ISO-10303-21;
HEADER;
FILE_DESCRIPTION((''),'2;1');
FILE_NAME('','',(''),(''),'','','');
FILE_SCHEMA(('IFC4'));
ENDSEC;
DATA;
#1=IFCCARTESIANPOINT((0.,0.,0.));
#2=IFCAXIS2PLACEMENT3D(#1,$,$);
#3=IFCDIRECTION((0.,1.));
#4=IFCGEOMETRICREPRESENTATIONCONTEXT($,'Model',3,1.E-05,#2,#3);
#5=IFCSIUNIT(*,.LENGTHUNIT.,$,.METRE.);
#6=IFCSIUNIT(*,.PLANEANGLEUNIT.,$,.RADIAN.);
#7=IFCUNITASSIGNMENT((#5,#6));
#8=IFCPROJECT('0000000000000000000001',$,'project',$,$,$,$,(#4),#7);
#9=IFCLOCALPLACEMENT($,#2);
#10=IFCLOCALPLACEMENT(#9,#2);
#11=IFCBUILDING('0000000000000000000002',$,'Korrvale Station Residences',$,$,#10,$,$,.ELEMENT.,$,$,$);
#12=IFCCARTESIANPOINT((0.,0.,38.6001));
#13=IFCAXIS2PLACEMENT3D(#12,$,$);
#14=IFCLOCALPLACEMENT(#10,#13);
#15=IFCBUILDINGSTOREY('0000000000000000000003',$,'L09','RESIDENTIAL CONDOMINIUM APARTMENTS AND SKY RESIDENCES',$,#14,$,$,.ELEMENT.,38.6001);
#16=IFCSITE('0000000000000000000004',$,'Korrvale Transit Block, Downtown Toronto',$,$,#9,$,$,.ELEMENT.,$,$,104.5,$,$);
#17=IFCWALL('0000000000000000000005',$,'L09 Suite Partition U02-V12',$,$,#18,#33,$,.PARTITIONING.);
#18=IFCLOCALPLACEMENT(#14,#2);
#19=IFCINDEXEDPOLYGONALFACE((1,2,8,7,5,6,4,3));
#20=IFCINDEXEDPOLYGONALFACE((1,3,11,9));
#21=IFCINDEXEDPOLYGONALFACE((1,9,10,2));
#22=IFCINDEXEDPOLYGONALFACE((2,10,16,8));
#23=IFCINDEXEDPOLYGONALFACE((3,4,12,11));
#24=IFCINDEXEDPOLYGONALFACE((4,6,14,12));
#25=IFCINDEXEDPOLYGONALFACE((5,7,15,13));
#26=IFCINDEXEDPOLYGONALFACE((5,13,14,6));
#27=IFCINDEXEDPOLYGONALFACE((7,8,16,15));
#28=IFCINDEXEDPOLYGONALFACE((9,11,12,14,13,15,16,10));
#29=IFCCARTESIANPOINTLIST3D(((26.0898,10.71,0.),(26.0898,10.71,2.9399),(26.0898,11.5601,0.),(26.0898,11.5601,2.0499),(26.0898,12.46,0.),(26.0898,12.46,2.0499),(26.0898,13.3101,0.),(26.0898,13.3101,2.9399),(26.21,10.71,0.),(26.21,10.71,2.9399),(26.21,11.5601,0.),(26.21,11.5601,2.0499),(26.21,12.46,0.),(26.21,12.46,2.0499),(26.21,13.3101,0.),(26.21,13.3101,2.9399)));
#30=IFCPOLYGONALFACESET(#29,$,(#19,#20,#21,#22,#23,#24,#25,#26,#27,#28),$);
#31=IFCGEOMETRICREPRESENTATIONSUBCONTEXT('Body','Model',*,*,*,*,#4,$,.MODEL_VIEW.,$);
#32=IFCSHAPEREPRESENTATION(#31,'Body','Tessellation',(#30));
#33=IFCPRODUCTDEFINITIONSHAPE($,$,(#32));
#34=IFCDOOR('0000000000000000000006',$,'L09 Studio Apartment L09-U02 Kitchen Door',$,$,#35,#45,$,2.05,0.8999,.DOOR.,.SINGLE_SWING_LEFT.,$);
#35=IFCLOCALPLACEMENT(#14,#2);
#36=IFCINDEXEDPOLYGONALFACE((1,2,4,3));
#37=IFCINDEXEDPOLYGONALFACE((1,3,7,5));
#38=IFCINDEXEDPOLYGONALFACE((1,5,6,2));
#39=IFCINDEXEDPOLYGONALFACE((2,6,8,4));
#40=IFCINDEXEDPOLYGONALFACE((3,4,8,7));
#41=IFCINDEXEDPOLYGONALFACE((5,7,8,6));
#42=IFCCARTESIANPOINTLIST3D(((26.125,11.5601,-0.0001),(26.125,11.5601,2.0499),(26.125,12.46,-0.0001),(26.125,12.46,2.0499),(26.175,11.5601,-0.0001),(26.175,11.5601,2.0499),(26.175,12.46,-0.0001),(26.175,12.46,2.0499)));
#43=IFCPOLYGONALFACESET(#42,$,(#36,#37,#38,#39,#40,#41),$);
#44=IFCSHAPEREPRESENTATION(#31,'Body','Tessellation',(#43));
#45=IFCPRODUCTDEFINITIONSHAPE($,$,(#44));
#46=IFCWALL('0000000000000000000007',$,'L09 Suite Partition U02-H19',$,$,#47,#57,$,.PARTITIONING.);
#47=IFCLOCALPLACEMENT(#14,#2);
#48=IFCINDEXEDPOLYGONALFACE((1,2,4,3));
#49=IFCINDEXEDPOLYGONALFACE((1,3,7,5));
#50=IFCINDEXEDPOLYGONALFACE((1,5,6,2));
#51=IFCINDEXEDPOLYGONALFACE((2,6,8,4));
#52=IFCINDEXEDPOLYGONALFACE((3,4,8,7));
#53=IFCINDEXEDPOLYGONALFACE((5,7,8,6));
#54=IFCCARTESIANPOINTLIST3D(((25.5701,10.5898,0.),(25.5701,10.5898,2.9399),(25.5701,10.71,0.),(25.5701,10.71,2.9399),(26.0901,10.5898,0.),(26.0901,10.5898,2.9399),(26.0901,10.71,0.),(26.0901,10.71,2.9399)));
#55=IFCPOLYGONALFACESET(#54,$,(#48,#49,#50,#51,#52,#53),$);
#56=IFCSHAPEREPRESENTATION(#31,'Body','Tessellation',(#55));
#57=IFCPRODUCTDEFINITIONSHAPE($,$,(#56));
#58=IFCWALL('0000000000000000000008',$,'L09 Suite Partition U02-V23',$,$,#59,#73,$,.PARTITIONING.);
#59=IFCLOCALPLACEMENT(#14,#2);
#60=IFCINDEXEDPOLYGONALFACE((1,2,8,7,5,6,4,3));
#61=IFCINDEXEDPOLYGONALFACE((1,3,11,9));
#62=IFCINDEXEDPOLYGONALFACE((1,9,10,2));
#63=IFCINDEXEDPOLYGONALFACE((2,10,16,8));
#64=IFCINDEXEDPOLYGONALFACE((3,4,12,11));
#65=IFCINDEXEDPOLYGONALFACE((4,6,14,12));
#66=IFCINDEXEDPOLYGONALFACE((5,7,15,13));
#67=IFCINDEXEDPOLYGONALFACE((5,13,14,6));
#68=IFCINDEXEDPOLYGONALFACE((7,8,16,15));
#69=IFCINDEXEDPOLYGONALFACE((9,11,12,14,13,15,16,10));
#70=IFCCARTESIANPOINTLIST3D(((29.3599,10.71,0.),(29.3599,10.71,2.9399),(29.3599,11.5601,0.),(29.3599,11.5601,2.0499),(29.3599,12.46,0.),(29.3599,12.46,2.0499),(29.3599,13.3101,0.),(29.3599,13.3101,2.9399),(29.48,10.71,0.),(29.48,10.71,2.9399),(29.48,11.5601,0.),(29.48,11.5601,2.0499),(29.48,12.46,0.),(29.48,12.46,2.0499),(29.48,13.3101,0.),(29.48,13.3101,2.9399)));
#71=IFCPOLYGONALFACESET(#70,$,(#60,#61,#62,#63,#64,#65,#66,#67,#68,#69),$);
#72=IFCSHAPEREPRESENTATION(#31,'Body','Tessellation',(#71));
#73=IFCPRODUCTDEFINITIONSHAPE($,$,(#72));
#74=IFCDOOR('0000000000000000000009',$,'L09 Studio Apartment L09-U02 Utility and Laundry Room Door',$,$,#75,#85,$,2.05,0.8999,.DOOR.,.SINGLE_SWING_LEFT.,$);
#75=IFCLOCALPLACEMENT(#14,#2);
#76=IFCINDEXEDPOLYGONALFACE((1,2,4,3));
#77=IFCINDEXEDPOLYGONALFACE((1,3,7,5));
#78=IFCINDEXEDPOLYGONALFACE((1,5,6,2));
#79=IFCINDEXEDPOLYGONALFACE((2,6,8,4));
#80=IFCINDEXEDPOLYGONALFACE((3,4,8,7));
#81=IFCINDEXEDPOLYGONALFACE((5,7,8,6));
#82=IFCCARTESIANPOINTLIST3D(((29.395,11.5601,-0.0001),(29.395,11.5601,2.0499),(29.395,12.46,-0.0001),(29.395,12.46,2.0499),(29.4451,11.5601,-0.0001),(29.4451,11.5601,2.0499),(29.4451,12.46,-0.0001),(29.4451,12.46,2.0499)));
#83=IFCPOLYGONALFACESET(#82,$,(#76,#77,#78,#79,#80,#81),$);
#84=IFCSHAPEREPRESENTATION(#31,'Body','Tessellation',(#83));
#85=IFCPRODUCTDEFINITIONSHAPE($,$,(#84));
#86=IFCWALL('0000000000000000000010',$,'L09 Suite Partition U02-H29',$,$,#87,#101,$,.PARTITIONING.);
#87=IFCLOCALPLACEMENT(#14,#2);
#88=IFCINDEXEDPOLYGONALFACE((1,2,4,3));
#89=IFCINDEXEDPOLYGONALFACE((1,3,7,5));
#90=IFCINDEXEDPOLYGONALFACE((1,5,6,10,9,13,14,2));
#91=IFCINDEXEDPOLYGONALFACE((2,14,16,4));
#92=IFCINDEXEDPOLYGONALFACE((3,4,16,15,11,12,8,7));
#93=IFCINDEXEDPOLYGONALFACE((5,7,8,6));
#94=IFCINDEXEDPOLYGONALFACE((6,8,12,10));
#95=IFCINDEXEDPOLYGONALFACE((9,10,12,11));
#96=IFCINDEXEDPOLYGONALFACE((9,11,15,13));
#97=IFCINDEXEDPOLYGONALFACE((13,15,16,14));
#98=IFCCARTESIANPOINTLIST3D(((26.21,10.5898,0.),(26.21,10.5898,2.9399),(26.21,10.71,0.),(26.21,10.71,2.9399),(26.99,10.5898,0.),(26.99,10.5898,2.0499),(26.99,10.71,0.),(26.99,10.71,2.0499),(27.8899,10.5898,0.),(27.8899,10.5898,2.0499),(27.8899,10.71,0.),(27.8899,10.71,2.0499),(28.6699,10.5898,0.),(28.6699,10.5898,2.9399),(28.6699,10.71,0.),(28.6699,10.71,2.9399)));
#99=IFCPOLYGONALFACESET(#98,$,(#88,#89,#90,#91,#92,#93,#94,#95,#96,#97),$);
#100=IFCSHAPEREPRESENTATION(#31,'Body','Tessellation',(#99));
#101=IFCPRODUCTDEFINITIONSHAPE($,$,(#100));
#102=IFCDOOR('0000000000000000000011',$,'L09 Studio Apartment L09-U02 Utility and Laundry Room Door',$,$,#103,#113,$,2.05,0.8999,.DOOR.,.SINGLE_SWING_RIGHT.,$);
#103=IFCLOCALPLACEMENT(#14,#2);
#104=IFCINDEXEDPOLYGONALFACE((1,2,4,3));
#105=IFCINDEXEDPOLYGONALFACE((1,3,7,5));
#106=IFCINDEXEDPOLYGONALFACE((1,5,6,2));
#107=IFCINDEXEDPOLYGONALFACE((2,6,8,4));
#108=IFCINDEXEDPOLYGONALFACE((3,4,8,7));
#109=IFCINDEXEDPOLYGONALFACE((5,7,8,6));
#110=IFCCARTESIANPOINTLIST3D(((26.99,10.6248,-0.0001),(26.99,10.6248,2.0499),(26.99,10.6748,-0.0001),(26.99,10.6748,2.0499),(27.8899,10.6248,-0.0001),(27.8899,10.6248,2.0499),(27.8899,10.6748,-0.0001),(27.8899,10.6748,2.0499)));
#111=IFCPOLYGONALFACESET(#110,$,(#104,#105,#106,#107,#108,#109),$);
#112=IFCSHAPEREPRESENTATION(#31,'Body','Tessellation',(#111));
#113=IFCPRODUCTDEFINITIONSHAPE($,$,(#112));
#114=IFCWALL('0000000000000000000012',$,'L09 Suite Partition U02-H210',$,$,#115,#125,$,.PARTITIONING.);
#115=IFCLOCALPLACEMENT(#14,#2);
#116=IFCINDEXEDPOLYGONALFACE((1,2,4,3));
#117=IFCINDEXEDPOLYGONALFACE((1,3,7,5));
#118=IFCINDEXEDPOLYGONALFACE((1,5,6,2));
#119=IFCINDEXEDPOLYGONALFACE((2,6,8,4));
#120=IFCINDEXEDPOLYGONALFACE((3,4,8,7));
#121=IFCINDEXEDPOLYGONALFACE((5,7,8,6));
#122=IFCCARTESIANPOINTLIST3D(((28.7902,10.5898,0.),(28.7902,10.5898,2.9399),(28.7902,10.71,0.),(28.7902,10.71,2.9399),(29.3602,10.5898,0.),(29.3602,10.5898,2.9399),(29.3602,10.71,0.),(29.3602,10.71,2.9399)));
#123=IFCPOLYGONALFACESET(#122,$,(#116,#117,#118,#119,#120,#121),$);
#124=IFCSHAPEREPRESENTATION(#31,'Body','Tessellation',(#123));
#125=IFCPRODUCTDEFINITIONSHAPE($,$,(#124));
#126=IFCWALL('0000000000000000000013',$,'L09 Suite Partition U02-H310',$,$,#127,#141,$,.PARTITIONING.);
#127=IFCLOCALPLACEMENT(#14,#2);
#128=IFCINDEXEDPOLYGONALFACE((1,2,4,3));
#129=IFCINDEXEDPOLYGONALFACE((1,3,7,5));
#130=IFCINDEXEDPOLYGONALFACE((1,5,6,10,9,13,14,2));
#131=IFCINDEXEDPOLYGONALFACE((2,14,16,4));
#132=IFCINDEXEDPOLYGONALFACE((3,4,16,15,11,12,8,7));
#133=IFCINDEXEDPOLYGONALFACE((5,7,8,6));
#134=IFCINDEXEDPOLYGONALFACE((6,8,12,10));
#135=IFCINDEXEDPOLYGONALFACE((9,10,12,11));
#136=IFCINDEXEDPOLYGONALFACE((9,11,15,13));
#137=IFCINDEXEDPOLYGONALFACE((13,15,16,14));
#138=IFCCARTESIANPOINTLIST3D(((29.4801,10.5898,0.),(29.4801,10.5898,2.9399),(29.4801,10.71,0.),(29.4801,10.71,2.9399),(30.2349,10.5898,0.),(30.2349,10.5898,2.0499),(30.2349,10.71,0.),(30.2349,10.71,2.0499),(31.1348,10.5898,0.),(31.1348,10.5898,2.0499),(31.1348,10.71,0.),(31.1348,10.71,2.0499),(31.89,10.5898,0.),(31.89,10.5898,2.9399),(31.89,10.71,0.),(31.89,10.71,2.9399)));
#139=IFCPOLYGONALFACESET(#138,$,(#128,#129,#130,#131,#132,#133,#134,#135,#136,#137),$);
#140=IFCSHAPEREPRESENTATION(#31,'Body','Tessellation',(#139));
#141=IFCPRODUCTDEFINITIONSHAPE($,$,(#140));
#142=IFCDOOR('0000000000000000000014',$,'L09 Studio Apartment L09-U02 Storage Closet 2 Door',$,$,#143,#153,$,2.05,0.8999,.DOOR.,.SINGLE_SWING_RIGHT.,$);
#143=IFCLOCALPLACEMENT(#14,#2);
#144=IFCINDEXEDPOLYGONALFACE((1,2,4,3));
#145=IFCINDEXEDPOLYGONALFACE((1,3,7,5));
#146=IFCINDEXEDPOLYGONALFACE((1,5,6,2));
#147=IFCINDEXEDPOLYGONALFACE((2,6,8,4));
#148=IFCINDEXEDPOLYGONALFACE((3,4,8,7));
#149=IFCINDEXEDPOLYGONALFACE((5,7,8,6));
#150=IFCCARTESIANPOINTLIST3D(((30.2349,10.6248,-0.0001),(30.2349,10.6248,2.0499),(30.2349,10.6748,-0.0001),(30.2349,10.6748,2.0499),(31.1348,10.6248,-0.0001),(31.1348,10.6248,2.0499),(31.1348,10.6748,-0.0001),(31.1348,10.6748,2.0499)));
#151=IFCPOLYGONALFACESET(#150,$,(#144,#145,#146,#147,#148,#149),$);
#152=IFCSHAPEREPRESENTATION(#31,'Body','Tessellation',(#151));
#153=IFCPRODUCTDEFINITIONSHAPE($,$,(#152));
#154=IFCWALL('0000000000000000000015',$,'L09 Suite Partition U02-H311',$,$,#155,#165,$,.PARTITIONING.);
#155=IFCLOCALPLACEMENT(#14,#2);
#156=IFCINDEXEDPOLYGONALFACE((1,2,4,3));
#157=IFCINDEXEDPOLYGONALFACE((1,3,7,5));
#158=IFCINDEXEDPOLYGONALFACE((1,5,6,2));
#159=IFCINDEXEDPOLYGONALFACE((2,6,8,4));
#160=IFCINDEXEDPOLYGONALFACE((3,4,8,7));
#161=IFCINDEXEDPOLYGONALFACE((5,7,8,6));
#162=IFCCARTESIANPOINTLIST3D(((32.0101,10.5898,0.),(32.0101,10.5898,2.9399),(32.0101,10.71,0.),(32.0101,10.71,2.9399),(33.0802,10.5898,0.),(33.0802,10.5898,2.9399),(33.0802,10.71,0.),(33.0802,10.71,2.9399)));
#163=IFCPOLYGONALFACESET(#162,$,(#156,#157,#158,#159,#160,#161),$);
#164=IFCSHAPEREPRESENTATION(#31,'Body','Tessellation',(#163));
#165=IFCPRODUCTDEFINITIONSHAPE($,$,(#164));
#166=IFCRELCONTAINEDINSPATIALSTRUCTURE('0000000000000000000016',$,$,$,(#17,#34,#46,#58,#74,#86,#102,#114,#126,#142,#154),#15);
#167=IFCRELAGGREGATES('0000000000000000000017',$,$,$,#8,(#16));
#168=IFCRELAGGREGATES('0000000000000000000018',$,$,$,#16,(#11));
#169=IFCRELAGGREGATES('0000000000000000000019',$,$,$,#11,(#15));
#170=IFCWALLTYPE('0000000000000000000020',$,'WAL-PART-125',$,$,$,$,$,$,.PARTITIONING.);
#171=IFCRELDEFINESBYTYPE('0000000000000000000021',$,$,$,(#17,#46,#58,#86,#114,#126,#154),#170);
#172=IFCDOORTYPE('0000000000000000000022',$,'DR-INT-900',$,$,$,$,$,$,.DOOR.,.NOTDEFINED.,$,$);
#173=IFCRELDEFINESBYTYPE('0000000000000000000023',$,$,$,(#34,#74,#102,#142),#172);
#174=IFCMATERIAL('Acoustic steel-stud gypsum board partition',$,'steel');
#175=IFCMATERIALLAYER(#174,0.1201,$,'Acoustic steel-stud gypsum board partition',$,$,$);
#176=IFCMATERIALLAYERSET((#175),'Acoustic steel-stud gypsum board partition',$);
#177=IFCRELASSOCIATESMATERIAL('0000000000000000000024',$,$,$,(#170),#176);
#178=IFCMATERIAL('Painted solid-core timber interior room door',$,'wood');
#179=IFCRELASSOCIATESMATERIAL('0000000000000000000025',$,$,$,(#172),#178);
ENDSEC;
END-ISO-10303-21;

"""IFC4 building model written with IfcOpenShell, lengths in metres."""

from ifc_helpers import new_model, si_unit, direction, frame, frame_2d, origin, place, context, subcontext, project, spatial, rectangle, extrude, material, layer, layer_set, type_object, element, fill, save


model = new_model("IFC4")

# Units and contexts
model_context = context("Model", 3, precision=1e-05, world=origin(), true_north=direction((0.0, 1.0)))
body_context = subcontext(model_context, "Body", "Model", "MODEL_VIEW")
ifc_project = project(units=[si_unit("LENGTHUNIT", "METRE"), si_unit("PLANEANGLEUNIT", "RADIAN")], contexts=[model_context])

# Site, building, storey
site_placement = place(None, origin())
site = spatial("IfcSite", under=ifc_project, at=site_placement, Name="Korrvale Transit Block, Downtown Toronto", CompositionType="ELEMENT", RefElevation=104.5)
building_placement = place(site_placement, origin())
building = spatial("IfcBuilding", under=site, at=building_placement, Name="Korrvale Station Residences", CompositionType="ELEMENT")
storey_placement = place(building_placement, frame((0.0, 0.0, 38.6001)))
storey = spatial("IfcBuildingStorey", under=building, at=storey_placement, Name="L09", Description="RESIDENTIAL CONDOMINIUM APARTMENTS AND SKY RESIDENCES", CompositionType="ELEMENT", Elevation=38.6001)

# Wall, opening, door
ifc_material_1 = material(Name="Acoustic steel-stud gypsum board partition", Category="steel")
ifc_layer_1 = layer(ifc_material_1, 0.1201, Name="Acoustic steel-stud gypsum board partition")
ifc_layer_set_1 = layer_set([ifc_layer_1], Name="Acoustic steel-stud gypsum board partition")
wall_type = type_object("IfcWallType", Name="WAL-PART-125", PredefinedType="PARTITIONING", material=ifc_layer_set_1)
wall_1_placement = place(storey_placement, frame((26.1499, 10.71, 0.0), z_axis=(0.0, 0.0, 1.0), x_axis=(0.0, 1.0, 0.0)))
wall_1 = element("IfcWall", 1, at=wall_1_placement, inside=storey, type_object=wall_type, Name="L09 Suite Partition U02-V12", PredefinedType="PARTITIONING", context=body_context, shape_type="SweptSolid", body=[
    extrude(rectangle(XDim=2.6001, YDim=0.1201, at=frame_2d((1.3, 0.0))), origin(), (0.0, 0.0, 1.0), 2.9399),
])
opening_1_placement = place(wall_1_placement, frame((0.8501, 0.0, 0.0)))
opening_1 = element("IfcOpeningElement", 2, at=opening_1_placement, cuts=wall_1, PredefinedType="OPENING", context=body_context, shape_type="SweptSolid", body=[
    extrude(rectangle(XDim=0.8999, YDim=2.05, at=frame_2d((0.45, 1.0249))), frame((0.0, 0.0701, 0.0), z_axis=(0.0, -1.0, 0.0), x_axis=(1.0, 0.0, 0.0)), (0.0, 0.0, 1.0), 0.1401),
])
ifc_material_2 = material(Name="Painted solid-core timber interior room door", Category="wood")
door_type = type_object("IfcDoorType", Name="DR-INT-900", OperationType="NOTDEFINED", PredefinedType="DOOR", material=ifc_material_2)
door_1_placement = place(opening_1_placement, origin())
door_1 = element("IfcDoor", 3, at=door_1_placement, inside=storey, type_object=door_type, Name="L09 Studio Apartment L09-U02 Kitchen Door", OperationType="SINGLE_SWING_LEFT", OverallHeight=2.05, OverallWidth=0.8999, PredefinedType="DOOR", context=body_context, shape_type="SweptSolid", body=[
    extrude(rectangle(XDim=0.8999, YDim=2.05, at=frame_2d((0.45, 1.0249))), frame((0.0, 0.0249, 0.0), z_axis=(0.0, -1.0, 0.0), x_axis=(1.0, 0.0, 0.0)), (0.0, 0.0, 1.0), 0.05),
])
fill(opening_1, door_1)

# Wall
wall_2_placement = place(storey_placement, frame((25.5701, 10.6499, 0.0), z_axis=(0.0, 0.0, 1.0), x_axis=(1.0, 0.0, 0.0)))
element("IfcWall", 4, at=wall_2_placement, inside=storey, type_object=wall_type, Name="L09 Suite Partition U02-H19", PredefinedType="PARTITIONING", context=body_context, shape_type="SweptSolid", body=[
    extrude(rectangle(XDim=0.52, YDim=0.1201, at=frame_2d((0.26, 0.0))), origin(), (0.0, 0.0, 1.0), 2.9399),
])

# Walls, openings, doors
wall_3_placement = place(storey_placement, frame((29.4199, 10.71, 0.0), z_axis=(0.0, 0.0, 1.0), x_axis=(0.0, 1.0, 0.0)))
wall_3 = element("IfcWall", 5, at=wall_3_placement, inside=storey, type_object=wall_type, Name="L09 Suite Partition U02-V23", PredefinedType="PARTITIONING", context=body_context, shape_type="SweptSolid", body=[
    extrude(rectangle(XDim=2.6001, YDim=0.1201, at=frame_2d((1.3, 0.0))), origin(), (0.0, 0.0, 1.0), 2.9399),
])
opening_2_placement = place(wall_3_placement, frame((0.8501, 0.0, 0.0)))
opening_2 = element("IfcOpeningElement", 6, at=opening_2_placement, cuts=wall_3, PredefinedType="OPENING", context=body_context, shape_type="SweptSolid", body=[
    extrude(rectangle(XDim=0.8999, YDim=2.05, at=frame_2d((0.45, 1.0249))), frame((0.0, 0.0701, 0.0), z_axis=(0.0, -1.0, 0.0), x_axis=(1.0, 0.0, 0.0)), (0.0, 0.0, 1.0), 0.1401),
])
door_2_placement = place(opening_2_placement, origin())
door_2 = element("IfcDoor", 7, at=door_2_placement, inside=storey, type_object=door_type, Name="L09 Studio Apartment L09-U02 Utility and Laundry Room Door", OperationType="SINGLE_SWING_LEFT", OverallHeight=2.05, OverallWidth=0.8999, PredefinedType="DOOR", context=body_context, shape_type="SweptSolid", body=[
    extrude(rectangle(XDim=0.8999, YDim=2.05, at=frame_2d((0.45, 1.0249))), frame((0.0, 0.0249, 0.0), z_axis=(0.0, -1.0, 0.0), x_axis=(1.0, 0.0, 0.0)), (0.0, 0.0, 1.0), 0.05),
])
fill(opening_2, door_2)
wall_4_placement = place(storey_placement, frame((26.21, 10.6499, 0.0), z_axis=(0.0, 0.0, 1.0), x_axis=(1.0, 0.0, 0.0)))
wall_4 = element("IfcWall", 8, at=wall_4_placement, inside=storey, type_object=wall_type, Name="L09 Suite Partition U02-H29", PredefinedType="PARTITIONING", context=body_context, shape_type="SweptSolid", body=[
    extrude(rectangle(XDim=2.46, YDim=0.1201, at=frame_2d((1.23, 0.0))), origin(), (0.0, 0.0, 1.0), 2.9399),
])
opening_3_placement = place(wall_4_placement, frame((0.78, 0.0, 0.0)))
opening_3 = element("IfcOpeningElement", 9, at=opening_3_placement, cuts=wall_4, PredefinedType="OPENING", context=body_context, shape_type="SweptSolid", body=[
    extrude(rectangle(XDim=0.8999, YDim=2.05, at=frame_2d((0.45, 1.0249))), frame((0.0, 0.0701, 0.0), z_axis=(0.0, -1.0, 0.0), x_axis=(1.0, 0.0, 0.0)), (0.0, 0.0, 1.0), 0.1401),
])
door_3_placement = place(opening_3_placement, origin())
door_3 = element("IfcDoor", 10, at=door_3_placement, inside=storey, type_object=door_type, Name="L09 Studio Apartment L09-U02 Utility and Laundry Room Door", OperationType="SINGLE_SWING_RIGHT", OverallHeight=2.05, OverallWidth=0.8999, PredefinedType="DOOR", context=body_context, shape_type="SweptSolid", body=[
    extrude(rectangle(XDim=0.8999, YDim=2.05, at=frame_2d((0.45, 1.0249))), frame((0.0, 0.0249, 0.0), z_axis=(0.0, -1.0, 0.0), x_axis=(1.0, 0.0, 0.0)), (0.0, 0.0, 1.0), 0.05),
])
fill(opening_3, door_3)

# Wall
wall_5_placement = place(storey_placement, frame((28.79, 10.6499, 0.0), z_axis=(0.0, 0.0, 1.0), x_axis=(1.0, 0.0, 0.0)))
element("IfcWall", 11, at=wall_5_placement, inside=storey, type_object=wall_type, Name="L09 Suite Partition U02-H210", PredefinedType="PARTITIONING", context=body_context, shape_type="SweptSolid", body=[
    extrude(rectangle(XDim=0.5701, YDim=0.1201, at=frame_2d((0.2852, 0.0))), origin(), (0.0, 0.0, 1.0), 2.9399),
])

# Wall, opening, door
wall_6_placement = place(storey_placement, frame((29.48, 10.6499, 0.0), z_axis=(0.0, 0.0, 1.0), x_axis=(1.0, 0.0, 0.0)))
wall_6 = element("IfcWall", 12, at=wall_6_placement, inside=storey, type_object=wall_type, Name="L09 Suite Partition U02-H310", PredefinedType="PARTITIONING", context=body_context, shape_type="SweptSolid", body=[
    extrude(rectangle(XDim=2.4099, YDim=0.1201, at=frame_2d((1.2051, 0.0))), origin(), (0.0, 0.0, 1.0), 2.9399),
])
opening_4_placement = place(wall_6_placement, frame((0.7549, 0.0, 0.0)))
opening_4 = element("IfcOpeningElement", 13, at=opening_4_placement, cuts=wall_6, PredefinedType="OPENING", context=body_context, shape_type="SweptSolid", body=[
    extrude(rectangle(XDim=0.8999, YDim=2.05, at=frame_2d((0.45, 1.0249))), frame((0.0, 0.0701, 0.0), z_axis=(0.0, -1.0, 0.0), x_axis=(1.0, 0.0, 0.0)), (0.0, 0.0, 1.0), 0.1401),
])
door_4_placement = place(opening_4_placement, origin())
door_4 = element("IfcDoor", 14, at=door_4_placement, inside=storey, type_object=door_type, Name="L09 Studio Apartment L09-U02 Storage Closet 2 Door", OperationType="SINGLE_SWING_RIGHT", OverallHeight=2.05, OverallWidth=0.8999, PredefinedType="DOOR", context=body_context, shape_type="SweptSolid", body=[
    extrude(rectangle(XDim=0.8999, YDim=2.05, at=frame_2d((0.45, 1.0249))), frame((0.0, 0.0249, 0.0), z_axis=(0.0, -1.0, 0.0), x_axis=(1.0, 0.0, 0.0)), (0.0, 0.0, 1.0), 0.05),
])
fill(opening_4, door_4)

# Wall
wall_7_placement = place(storey_placement, frame((32.01, 10.6499, 0.0), z_axis=(0.0, 0.0, 1.0), x_axis=(1.0, 0.0, 0.0)))
element("IfcWall", 15, at=wall_7_placement, inside=storey, type_object=wall_type, Name="L09 Suite Partition U02-H311", PredefinedType="PARTITIONING", context=body_context, shape_type="SweptSolid", body=[
    extrude(rectangle(XDim=1.0701, YDim=0.1201, at=frame_2d((0.5352, 0.0))), origin(), (0.0, 0.0, 1.0), 2.9399),
])

save(model, "model.ifc")
